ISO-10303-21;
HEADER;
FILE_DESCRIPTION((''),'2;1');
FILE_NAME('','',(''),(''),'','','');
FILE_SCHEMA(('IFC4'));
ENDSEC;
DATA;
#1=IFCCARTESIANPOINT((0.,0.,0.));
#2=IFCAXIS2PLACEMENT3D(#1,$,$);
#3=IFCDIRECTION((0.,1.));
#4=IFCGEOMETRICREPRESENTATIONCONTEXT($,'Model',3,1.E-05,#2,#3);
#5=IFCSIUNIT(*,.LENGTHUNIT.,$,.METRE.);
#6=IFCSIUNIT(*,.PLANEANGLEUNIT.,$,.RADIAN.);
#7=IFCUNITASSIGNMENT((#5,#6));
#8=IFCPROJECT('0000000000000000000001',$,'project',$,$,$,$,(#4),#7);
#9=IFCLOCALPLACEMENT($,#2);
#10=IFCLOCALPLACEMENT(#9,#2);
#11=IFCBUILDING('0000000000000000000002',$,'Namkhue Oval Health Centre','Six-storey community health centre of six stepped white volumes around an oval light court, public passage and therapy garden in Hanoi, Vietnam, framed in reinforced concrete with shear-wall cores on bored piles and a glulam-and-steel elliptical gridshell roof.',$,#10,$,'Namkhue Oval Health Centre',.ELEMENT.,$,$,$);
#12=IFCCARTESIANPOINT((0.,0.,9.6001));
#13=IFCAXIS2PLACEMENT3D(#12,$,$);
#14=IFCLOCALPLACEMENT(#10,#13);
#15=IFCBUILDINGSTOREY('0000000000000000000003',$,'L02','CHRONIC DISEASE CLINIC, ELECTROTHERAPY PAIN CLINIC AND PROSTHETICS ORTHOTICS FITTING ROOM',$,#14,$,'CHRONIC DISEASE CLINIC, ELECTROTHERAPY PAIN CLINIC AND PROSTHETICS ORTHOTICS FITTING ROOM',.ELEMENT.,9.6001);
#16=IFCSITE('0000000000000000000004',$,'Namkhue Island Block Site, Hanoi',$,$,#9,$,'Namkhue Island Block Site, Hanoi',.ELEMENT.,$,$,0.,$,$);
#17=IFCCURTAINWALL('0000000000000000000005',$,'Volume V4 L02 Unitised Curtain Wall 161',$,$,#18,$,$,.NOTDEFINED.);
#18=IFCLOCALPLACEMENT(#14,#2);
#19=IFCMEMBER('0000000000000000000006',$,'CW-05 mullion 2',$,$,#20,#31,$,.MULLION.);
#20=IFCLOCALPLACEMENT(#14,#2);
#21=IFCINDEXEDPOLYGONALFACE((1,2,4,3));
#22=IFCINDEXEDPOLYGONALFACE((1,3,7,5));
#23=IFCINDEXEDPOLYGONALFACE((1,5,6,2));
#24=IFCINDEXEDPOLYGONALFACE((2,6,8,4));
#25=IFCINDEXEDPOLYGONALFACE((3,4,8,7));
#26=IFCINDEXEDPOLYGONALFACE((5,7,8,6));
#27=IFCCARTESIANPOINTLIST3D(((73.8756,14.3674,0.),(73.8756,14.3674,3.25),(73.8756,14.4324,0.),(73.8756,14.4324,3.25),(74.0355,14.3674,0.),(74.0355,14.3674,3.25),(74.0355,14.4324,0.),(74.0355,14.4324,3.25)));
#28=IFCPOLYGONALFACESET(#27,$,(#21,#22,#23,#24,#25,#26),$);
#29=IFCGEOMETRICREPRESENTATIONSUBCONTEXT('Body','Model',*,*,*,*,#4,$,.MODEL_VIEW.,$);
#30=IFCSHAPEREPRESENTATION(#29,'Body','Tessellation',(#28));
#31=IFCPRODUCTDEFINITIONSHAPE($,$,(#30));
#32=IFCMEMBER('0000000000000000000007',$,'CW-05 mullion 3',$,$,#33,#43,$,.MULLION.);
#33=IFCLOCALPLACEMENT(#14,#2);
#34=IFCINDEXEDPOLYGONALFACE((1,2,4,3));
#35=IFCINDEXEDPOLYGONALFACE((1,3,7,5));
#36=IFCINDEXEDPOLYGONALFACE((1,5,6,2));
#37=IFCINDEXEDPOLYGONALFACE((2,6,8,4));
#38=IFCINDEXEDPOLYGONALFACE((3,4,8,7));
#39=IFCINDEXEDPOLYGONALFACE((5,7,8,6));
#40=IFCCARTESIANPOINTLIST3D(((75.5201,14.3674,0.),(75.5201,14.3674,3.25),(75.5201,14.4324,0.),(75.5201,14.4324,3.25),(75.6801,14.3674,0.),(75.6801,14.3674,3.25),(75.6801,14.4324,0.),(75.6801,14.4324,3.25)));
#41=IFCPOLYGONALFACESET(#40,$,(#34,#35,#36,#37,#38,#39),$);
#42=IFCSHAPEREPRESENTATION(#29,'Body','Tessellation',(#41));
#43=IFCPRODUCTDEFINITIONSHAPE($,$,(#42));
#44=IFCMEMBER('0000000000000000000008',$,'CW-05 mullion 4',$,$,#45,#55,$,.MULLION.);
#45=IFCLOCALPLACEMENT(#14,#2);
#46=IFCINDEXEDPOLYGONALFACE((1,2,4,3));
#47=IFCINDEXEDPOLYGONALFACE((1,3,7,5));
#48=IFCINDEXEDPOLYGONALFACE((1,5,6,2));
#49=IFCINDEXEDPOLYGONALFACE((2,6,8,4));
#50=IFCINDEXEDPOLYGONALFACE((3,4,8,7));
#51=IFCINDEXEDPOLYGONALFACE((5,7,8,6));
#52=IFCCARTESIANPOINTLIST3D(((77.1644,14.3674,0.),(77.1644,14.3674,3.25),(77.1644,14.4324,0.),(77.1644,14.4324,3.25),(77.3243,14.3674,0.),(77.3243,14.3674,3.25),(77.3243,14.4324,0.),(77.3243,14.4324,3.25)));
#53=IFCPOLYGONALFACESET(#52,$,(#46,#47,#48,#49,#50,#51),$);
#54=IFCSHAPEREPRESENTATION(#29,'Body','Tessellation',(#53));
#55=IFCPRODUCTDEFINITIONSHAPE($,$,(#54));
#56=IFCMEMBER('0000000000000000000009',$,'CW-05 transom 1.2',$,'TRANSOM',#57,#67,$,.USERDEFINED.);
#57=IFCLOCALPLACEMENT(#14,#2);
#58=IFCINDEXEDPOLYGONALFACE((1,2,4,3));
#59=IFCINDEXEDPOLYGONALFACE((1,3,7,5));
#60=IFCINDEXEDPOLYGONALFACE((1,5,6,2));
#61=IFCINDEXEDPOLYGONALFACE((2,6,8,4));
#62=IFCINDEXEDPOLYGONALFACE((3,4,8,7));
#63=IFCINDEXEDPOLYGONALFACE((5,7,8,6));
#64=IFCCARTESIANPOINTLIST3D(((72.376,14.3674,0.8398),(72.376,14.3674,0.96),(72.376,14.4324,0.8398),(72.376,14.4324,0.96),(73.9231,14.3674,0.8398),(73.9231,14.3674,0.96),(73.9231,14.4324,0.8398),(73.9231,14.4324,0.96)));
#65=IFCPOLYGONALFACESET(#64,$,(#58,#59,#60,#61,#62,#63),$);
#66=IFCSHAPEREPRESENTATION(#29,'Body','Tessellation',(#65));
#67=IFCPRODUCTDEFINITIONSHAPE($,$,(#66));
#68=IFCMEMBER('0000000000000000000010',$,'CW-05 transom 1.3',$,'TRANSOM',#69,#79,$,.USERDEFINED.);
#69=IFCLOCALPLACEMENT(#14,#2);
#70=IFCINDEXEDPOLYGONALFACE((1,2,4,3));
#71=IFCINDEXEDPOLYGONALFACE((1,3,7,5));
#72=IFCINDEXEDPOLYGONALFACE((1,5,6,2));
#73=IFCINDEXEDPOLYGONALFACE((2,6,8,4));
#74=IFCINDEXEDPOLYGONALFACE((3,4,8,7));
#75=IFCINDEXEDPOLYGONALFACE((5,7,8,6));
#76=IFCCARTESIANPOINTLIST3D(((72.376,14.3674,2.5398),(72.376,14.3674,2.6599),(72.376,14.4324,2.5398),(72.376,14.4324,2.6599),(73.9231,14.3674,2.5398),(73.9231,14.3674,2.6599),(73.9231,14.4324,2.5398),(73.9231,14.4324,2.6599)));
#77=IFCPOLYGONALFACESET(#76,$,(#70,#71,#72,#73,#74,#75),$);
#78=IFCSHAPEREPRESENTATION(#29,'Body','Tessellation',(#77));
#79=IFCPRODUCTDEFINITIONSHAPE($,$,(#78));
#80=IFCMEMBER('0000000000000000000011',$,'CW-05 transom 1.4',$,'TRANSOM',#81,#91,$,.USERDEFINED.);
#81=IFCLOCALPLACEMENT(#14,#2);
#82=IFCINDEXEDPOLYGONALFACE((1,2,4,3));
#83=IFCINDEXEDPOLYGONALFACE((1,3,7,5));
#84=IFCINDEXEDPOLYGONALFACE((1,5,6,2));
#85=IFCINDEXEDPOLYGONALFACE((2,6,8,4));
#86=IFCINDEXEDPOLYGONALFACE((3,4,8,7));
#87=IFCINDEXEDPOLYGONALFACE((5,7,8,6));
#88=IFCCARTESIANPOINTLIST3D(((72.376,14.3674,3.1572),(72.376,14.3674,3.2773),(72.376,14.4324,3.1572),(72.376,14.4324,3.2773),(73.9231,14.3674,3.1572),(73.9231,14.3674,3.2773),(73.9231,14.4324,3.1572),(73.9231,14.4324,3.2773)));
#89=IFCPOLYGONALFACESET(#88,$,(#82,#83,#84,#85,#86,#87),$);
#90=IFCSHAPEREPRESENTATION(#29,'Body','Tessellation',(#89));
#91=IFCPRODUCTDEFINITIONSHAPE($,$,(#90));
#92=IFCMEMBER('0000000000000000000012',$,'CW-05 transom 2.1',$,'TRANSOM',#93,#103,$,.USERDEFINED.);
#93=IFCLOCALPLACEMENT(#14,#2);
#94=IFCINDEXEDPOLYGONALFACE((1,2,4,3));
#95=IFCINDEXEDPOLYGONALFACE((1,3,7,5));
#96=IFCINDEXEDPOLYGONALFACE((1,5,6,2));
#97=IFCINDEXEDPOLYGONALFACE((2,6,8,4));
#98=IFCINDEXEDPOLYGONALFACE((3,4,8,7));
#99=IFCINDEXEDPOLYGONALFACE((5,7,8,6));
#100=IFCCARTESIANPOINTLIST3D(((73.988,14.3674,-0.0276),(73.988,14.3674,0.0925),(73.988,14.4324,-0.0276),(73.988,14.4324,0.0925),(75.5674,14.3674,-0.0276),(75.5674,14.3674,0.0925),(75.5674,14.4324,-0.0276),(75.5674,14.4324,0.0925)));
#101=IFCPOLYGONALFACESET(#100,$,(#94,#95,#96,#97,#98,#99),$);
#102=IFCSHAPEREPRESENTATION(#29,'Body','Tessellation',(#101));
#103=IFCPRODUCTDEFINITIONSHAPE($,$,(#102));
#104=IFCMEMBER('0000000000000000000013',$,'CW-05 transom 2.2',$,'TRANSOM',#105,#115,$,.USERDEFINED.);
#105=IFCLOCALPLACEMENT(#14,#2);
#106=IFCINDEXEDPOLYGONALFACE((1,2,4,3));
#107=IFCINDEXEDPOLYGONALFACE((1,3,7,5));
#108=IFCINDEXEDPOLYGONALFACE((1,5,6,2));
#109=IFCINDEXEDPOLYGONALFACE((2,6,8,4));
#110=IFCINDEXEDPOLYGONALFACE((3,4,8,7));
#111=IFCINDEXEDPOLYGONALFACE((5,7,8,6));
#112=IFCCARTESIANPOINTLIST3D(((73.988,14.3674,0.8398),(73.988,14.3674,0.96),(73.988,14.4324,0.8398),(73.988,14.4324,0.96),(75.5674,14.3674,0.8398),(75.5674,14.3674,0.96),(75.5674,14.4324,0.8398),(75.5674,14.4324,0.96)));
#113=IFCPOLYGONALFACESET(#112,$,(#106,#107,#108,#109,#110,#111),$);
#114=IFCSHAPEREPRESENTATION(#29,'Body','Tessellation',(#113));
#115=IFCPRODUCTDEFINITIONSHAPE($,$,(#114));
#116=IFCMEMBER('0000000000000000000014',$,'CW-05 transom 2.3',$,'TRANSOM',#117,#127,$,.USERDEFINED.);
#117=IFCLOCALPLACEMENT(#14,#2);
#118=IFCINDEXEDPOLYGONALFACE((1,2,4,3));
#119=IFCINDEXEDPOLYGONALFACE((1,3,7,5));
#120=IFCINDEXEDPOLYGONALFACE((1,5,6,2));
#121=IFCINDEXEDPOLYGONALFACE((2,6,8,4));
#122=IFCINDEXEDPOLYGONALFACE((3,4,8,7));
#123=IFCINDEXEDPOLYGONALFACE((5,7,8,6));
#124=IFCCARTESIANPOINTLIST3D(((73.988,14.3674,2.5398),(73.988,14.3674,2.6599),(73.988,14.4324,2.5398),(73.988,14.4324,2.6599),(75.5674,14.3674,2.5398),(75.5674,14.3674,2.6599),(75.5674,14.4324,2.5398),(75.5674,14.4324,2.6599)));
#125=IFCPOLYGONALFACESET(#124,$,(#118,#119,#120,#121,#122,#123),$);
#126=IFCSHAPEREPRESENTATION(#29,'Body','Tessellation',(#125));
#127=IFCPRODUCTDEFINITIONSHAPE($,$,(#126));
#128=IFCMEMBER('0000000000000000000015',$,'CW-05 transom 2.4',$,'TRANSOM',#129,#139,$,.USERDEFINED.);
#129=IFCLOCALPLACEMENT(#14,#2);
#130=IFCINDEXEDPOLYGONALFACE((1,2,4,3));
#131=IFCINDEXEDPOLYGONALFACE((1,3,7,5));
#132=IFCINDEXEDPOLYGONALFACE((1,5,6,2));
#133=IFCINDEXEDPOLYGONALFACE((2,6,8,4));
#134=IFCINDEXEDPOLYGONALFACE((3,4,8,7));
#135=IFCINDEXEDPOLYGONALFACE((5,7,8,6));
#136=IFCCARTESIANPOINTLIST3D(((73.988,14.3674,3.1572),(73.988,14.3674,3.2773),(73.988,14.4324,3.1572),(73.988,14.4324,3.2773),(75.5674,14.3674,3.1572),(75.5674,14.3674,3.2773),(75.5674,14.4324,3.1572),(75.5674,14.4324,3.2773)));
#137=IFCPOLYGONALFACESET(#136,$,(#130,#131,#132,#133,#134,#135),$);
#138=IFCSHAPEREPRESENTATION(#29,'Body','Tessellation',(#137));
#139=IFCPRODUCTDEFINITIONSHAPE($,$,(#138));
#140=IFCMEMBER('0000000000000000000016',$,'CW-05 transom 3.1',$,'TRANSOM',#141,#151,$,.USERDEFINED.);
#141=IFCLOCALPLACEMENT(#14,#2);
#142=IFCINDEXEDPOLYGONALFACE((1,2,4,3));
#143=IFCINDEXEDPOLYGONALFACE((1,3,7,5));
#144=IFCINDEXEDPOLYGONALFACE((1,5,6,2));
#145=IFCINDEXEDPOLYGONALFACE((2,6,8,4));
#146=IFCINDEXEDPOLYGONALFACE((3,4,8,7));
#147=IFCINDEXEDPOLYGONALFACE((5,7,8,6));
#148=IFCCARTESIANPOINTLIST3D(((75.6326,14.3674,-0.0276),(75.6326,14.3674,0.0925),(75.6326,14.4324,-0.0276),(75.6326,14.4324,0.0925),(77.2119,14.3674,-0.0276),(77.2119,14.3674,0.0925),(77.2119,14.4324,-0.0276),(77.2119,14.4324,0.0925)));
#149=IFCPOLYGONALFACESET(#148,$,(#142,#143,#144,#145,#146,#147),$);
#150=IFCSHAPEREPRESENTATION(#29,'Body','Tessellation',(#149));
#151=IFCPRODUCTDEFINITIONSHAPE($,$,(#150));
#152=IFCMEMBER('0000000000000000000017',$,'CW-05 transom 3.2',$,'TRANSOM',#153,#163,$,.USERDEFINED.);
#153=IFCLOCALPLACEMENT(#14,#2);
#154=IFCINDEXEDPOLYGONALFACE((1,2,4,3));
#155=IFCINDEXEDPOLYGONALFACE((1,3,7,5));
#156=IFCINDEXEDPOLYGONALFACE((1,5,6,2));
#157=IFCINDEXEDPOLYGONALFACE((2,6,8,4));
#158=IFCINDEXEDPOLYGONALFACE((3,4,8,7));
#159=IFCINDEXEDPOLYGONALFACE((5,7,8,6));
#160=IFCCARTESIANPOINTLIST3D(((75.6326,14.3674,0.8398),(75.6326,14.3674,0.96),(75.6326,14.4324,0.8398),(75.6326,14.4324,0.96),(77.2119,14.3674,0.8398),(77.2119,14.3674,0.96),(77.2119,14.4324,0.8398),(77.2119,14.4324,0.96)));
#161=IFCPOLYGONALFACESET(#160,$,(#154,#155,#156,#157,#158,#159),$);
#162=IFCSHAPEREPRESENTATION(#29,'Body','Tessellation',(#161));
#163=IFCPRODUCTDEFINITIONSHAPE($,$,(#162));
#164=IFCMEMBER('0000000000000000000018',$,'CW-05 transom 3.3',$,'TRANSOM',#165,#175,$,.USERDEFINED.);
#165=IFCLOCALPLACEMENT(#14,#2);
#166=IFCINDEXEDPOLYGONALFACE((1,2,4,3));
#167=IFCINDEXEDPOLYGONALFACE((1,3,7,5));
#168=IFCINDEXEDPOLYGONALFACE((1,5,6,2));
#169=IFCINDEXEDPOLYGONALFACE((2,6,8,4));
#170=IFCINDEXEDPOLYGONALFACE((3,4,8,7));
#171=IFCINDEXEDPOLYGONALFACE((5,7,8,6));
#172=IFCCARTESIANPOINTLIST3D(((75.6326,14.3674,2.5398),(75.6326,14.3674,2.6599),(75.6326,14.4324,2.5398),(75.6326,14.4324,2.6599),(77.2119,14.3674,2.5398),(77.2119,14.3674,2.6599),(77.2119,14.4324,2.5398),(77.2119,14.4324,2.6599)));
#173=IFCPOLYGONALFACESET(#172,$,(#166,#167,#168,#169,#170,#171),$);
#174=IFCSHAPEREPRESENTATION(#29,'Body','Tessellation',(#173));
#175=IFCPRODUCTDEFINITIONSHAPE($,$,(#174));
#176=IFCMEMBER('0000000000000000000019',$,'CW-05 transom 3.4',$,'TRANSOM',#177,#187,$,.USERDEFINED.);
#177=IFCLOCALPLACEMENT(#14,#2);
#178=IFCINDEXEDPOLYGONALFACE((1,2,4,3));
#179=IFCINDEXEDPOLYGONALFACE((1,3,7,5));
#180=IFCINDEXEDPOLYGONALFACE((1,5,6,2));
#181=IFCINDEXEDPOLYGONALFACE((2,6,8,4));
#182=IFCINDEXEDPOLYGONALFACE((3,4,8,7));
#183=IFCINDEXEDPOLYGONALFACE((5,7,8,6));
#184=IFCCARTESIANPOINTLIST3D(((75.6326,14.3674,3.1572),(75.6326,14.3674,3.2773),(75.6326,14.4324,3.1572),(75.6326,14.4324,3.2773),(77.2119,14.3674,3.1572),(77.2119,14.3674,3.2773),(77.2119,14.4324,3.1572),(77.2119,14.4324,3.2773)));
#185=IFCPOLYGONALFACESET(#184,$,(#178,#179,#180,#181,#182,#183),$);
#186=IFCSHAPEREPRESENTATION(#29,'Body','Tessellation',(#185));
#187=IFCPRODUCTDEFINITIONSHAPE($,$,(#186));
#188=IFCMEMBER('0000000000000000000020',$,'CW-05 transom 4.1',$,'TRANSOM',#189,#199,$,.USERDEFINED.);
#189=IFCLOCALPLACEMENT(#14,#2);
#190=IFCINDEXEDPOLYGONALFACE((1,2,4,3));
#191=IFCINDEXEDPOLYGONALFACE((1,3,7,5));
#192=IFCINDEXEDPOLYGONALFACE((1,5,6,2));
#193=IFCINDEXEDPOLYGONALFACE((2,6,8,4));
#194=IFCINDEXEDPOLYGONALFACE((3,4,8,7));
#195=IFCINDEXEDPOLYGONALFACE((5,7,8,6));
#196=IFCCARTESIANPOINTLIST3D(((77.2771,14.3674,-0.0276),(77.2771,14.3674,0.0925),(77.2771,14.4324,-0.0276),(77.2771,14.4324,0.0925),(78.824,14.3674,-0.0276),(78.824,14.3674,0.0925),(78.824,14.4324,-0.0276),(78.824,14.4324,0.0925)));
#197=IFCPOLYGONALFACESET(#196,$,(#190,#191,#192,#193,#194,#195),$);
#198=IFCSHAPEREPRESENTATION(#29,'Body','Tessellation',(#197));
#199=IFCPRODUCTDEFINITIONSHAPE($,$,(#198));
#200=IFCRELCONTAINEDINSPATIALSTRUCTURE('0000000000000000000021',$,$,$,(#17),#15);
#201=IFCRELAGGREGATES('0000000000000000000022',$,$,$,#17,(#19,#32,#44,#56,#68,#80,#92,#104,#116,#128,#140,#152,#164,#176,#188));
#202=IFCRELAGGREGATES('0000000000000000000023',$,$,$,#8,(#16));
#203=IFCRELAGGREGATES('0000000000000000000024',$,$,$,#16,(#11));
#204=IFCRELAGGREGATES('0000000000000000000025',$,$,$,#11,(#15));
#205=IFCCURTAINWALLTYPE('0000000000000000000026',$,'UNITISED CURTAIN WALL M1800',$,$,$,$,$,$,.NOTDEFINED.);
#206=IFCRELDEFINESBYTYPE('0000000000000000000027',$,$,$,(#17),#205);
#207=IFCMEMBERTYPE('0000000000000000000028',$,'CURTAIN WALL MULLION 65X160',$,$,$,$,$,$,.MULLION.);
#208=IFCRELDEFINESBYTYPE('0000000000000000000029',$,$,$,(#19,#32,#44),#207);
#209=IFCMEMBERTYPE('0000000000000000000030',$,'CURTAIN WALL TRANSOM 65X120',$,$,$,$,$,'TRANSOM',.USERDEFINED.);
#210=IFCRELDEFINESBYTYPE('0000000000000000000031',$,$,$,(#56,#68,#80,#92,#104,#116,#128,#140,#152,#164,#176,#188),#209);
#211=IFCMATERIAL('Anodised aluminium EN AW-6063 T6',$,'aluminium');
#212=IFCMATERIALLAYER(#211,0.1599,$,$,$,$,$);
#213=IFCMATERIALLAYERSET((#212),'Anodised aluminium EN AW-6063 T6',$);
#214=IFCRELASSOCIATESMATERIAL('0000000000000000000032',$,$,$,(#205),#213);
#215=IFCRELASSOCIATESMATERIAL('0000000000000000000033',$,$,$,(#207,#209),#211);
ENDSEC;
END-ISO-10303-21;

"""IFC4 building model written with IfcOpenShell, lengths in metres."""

from ifc_helpers import new_model, si_unit, direction, frame, origin, origin_2d, place, context, subcontext, project, spatial, rectangle, extrude, material, layer, layer_set, material_profile, profile_set, type_object, element, aggregate, save


model = new_model("IFC4")

# Units and contexts
model_context = context("Model", 3, precision=1e-05, world=origin(), true_north=direction((0.0, 1.0)))
body_context = subcontext(model_context, "Body", "Model", "MODEL_VIEW")
ifc_project = project(units=[si_unit("LENGTHUNIT", "METRE"), si_unit("PLANEANGLEUNIT", "RADIAN")], contexts=[model_context])

# Site, building, storey
site_placement = place(None, origin())
site = spatial("IfcSite", under=ifc_project, at=site_placement, Name="Namkhue Island Block Site, Hanoi", LongName="Namkhue Island Block Site, Hanoi", CompositionType="ELEMENT", RefElevation=0.0)
building_placement = place(site_placement, origin())
building = spatial("IfcBuilding", under=site, at=building_placement, Name="Namkhue Oval Health Centre", Description="Six-storey community health centre of six stepped white volumes around an oval light court, public passage and therapy garden in Hanoi, Vietnam, framed in reinforced concrete with shear-wall cores on bored piles and a glulam-and-steel elliptical gridshell roof.", LongName="Namkhue Oval Health Centre", CompositionType="ELEMENT")
storey_placement = place(building_placement, frame((0.0, 0.0, 9.6001)))
storey = spatial("IfcBuildingStorey", under=building, at=storey_placement, Name="L02", Description="CHRONIC DISEASE CLINIC, ELECTROTHERAPY PAIN CLINIC AND PROSTHETICS ORTHOTICS FITTING ROOM", LongName="CHRONIC DISEASE CLINIC, ELECTROTHERAPY PAIN CLINIC AND PROSTHETICS ORTHOTICS FITTING ROOM", CompositionType="ELEMENT", Elevation=9.6001)

# Curtain wall, members
ifc_material_1 = material(Name="Anodised aluminium EN AW-6063 T6", Category="aluminium")
ifc_layer_1 = layer(ifc_material_1, 0.1599)
ifc_layer_set_1 = layer_set([ifc_layer_1], Name="Anodised aluminium EN AW-6063 T6")
curtain_wall_type = type_object("IfcCurtainWallType", Name="UNITISED CURTAIN WALL M1800", PredefinedType="NOTDEFINED", material=ifc_layer_set_1)
curtain_wall_placement = place(storey_placement, origin())
curtain_wall = element("IfcCurtainWall", 1, at=curtain_wall_placement, inside=storey, type_object=curtain_wall_type, Name="Volume V4 L02 Unitised Curtain Wall 161", PredefinedType="NOTDEFINED")
ifc_material_profile_1 = material_profile(ifc_material_1, rectangle(XDim=0.0649, YDim=0.1599, at=origin_2d()), Name="ALU 65x160")
ifc_profile_set_1 = profile_set([ifc_material_profile_1], Name="Anodised aluminium EN AW-6063 T6")
member_type_1 = type_object("IfcMemberType", Name="CURTAIN WALL MULLION 65X160", PredefinedType="MULLION", material=ifc_profile_set_1)
member_1_placement = place(storey_placement, frame((73.9556, 14.3999, 0.0), z_axis=(0.0, 0.0, 1.0), x_axis=(0.0, 1.0, 0.0)))
member_1 = element("IfcMember", 2, at=member_1_placement, type_object=member_type_1, Name="CW-05 mullion 2", PredefinedType="MULLION", context=body_context, shape_type="SweptSolid", body=[
    extrude(rectangle(XDim=0.0649, YDim=0.1599, at=origin_2d()), origin(), (0.0, 0.0, 1.0), 3.25),
])
member_2_placement = place(storey_placement, frame((75.6001, 14.3999, 0.0), z_axis=(0.0, 0.0, 1.0), x_axis=(0.0, 1.0, 0.0)))
member_2 = element("IfcMember", 3, at=member_2_placement, type_object=member_type_1, Name="CW-05 mullion 3", PredefinedType="MULLION", context=body_context, shape_type="SweptSolid", body=[
    extrude(rectangle(XDim=0.0649, YDim=0.1599, at=origin_2d()), origin(), (0.0, 0.0, 1.0), 3.25),
])
member_3_placement = place(storey_placement, frame((77.2444, 14.3999, 0.0), z_axis=(0.0, 0.0, 1.0), x_axis=(0.0, 1.0, 0.0)))
member_3 = element("IfcMember", 4, at=member_3_placement, type_object=member_type_1, Name="CW-05 mullion 4", PredefinedType="MULLION", context=body_context, shape_type="SweptSolid", body=[
    extrude(rectangle(XDim=0.0649, YDim=0.1599, at=origin_2d()), origin(), (0.0, 0.0, 1.0), 3.25),
])
ifc_material_profile_2 = material_profile(ifc_material_1, rectangle(XDim=0.0649, YDim=0.1201, at=origin_2d()), Name="ALU 65x120")
ifc_profile_set_2 = profile_set([ifc_material_profile_2], Name="Anodised aluminium EN AW-6063 T6")
member_type_2 = type_object("IfcMemberType", Name="CURTAIN WALL TRANSOM 65X120", ElementType="TRANSOM", PredefinedType="USERDEFINED", material=ifc_profile_set_2)
member_4_placement = place(storey_placement, frame((72.376, 14.3999, 0.8999), z_axis=(1.0, 0.0, 0.0), x_axis=(0.0, 1.0, 0.0)))
member_4 = element("IfcMember", 5, at=member_4_placement, type_object=member_type_2, Name="CW-05 transom 1.2", ObjectType="TRANSOM", PredefinedType="USERDEFINED", context=body_context, shape_type="SweptSolid", body=[
    extrude(rectangle(XDim=0.0649, YDim=0.1201, at=origin_2d()), origin(), (0.0, 0.0, 1.0), 1.5471),
])
member_5_placement = place(storey_placement, frame((72.376, 14.3999, 2.5999), z_axis=(1.0, 0.0, 0.0), x_axis=(0.0, 1.0, 0.0)))
member_5 = element("IfcMember", 6, at=member_5_placement, type_object=member_type_2, Name="CW-05 transom 1.3", ObjectType="TRANSOM", PredefinedType="USERDEFINED", context=body_context, shape_type="SweptSolid", body=[
    extrude(rectangle(XDim=0.0649, YDim=0.1201, at=origin_2d()), origin(), (0.0, 0.0, 1.0), 1.5471),
])
member_6_placement = place(storey_placement, frame((72.376, 14.3999, 3.2173), z_axis=(1.0, 0.0, 0.0), x_axis=(0.0, 1.0, 0.0)))
member_6 = element("IfcMember", 7, at=member_6_placement, type_object=member_type_2, Name="CW-05 transom 1.4", ObjectType="TRANSOM", PredefinedType="USERDEFINED", context=body_context, shape_type="SweptSolid", body=[
    extrude(rectangle(XDim=0.0649, YDim=0.1201, at=origin_2d()), origin(), (0.0, 0.0, 1.0), 1.5471),
])
member_7_placement = place(storey_placement, frame((73.988, 14.3999, 0.0325), z_axis=(1.0, 0.0, 0.0), x_axis=(0.0, 1.0, 0.0)))
member_7 = element("IfcMember", 8, at=member_7_placement, type_object=member_type_2, Name="CW-05 transom 2.1", ObjectType="TRANSOM", PredefinedType="USERDEFINED", context=body_context, shape_type="SweptSolid", body=[
    extrude(rectangle(XDim=0.0649, YDim=0.1201, at=origin_2d()), origin(), (0.0, 0.0, 1.0), 1.5793),
])
member_8_placement = place(storey_placement, frame((73.988, 14.3999, 0.8999), z_axis=(1.0, 0.0, 0.0), x_axis=(0.0, 1.0, 0.0)))
member_8 = element("IfcMember", 9, at=member_8_placement, type_object=member_type_2, Name="CW-05 transom 2.2", ObjectType="TRANSOM", PredefinedType="USERDEFINED", context=body_context, shape_type="SweptSolid", body=[
    extrude(rectangle(XDim=0.0649, YDim=0.1201, at=origin_2d()), origin(), (0.0, 0.0, 1.0), 1.5793),
])
member_9_placement = place(storey_placement, frame((73.988, 14.3999, 2.5999), z_axis=(1.0, 0.0, 0.0), x_axis=(0.0, 1.0, 0.0)))
member_9 = element("IfcMember", 10, at=member_9_placement, type_object=member_type_2, Name="CW-05 transom 2.3", ObjectType="TRANSOM", PredefinedType="USERDEFINED", context=body_context, shape_type="SweptSolid", body=[
    extrude(rectangle(XDim=0.0649, YDim=0.1201, at=origin_2d()), origin(), (0.0, 0.0, 1.0), 1.5793),
])
member_10_placement = place(storey_placement, frame((73.988, 14.3999, 3.2173), z_axis=(1.0, 0.0, 0.0), x_axis=(0.0, 1.0, 0.0)))
member_10 = element("IfcMember", 11, at=member_10_placement, type_object=member_type_2, Name="CW-05 transom 2.4", ObjectType="TRANSOM", PredefinedType="USERDEFINED", context=body_context, shape_type="SweptSolid", body=[
    extrude(rectangle(XDim=0.0649, YDim=0.1201, at=origin_2d()), origin(), (0.0, 0.0, 1.0), 1.5793),
])
member_11_placement = place(storey_placement, frame((75.6326, 14.3999, 0.0325), z_axis=(1.0, 0.0, 0.0), x_axis=(0.0, 1.0, 0.0)))
member_11 = element("IfcMember", 12, at=member_11_placement, type_object=member_type_2, Name="CW-05 transom 3.1", ObjectType="TRANSOM", PredefinedType="USERDEFINED", context=body_context, shape_type="SweptSolid", body=[
    extrude(rectangle(XDim=0.0649, YDim=0.1201, at=origin_2d()), origin(), (0.0, 0.0, 1.0), 1.5793),
])
member_12_placement = place(storey_placement, frame((75.6326, 14.3999, 0.8999), z_axis=(1.0, 0.0, 0.0), x_axis=(0.0, 1.0, 0.0)))
member_12 = element("IfcMember", 13, at=member_12_placement, type_object=member_type_2, Name="CW-05 transom 3.2", ObjectType="TRANSOM", PredefinedType="USERDEFINED", context=body_context, shape_type="SweptSolid", body=[
    extrude(rectangle(XDim=0.0649, YDim=0.1201, at=origin_2d()), origin(), (0.0, 0.0, 1.0), 1.5793),
])
member_13_placement = place(storey_placement, frame((75.6326, 14.3999, 2.5999), z_axis=(1.0, 0.0, 0.0), x_axis=(0.0, 1.0, 0.0)))
member_13 = element("IfcMember", 14, at=member_13_placement, type_object=member_type_2, Name="CW-05 transom 3.3", ObjectType="TRANSOM", PredefinedType="USERDEFINED", context=body_context, shape_type="SweptSolid", body=[
    extrude(rectangle(XDim=0.0649, YDim=0.1201, at=origin_2d()), origin(), (0.0, 0.0, 1.0), 1.5793),
])
member_14_placement = place(storey_placement, frame((75.6326, 14.3999, 3.2173), z_axis=(1.0, 0.0, 0.0), x_axis=(0.0, 1.0, 0.0)))
member_14 = element("IfcMember", 15, at=member_14_placement, type_object=member_type_2, Name="CW-05 transom 3.4", ObjectType="TRANSOM", PredefinedType="USERDEFINED", context=body_context, shape_type="SweptSolid", body=[
    extrude(rectangle(XDim=0.0649, YDim=0.1201, at=origin_2d()), origin(), (0.0, 0.0, 1.0), 1.5793),
])
member_15_placement = place(storey_placement, frame((77.2771, 14.3999, 0.0325), z_axis=(1.0, 0.0, 0.0), x_axis=(0.0, 1.0, 0.0)))
member_15 = element("IfcMember", 16, at=member_15_placement, type_object=member_type_2, Name="CW-05 transom 4.1", ObjectType="TRANSOM", PredefinedType="USERDEFINED", context=body_context, shape_type="SweptSolid", body=[
    extrude(rectangle(XDim=0.0649, YDim=0.1201, at=origin_2d()), origin(), (0.0, 0.0, 1.0), 1.5469),
])
aggregate(curtain_wall, [member_1, member_2, member_3, member_4, member_5, member_6, member_7, member_8, member_9, member_10, member_11, member_12, member_13, member_14, member_15])

save(model, "model.ifc")
